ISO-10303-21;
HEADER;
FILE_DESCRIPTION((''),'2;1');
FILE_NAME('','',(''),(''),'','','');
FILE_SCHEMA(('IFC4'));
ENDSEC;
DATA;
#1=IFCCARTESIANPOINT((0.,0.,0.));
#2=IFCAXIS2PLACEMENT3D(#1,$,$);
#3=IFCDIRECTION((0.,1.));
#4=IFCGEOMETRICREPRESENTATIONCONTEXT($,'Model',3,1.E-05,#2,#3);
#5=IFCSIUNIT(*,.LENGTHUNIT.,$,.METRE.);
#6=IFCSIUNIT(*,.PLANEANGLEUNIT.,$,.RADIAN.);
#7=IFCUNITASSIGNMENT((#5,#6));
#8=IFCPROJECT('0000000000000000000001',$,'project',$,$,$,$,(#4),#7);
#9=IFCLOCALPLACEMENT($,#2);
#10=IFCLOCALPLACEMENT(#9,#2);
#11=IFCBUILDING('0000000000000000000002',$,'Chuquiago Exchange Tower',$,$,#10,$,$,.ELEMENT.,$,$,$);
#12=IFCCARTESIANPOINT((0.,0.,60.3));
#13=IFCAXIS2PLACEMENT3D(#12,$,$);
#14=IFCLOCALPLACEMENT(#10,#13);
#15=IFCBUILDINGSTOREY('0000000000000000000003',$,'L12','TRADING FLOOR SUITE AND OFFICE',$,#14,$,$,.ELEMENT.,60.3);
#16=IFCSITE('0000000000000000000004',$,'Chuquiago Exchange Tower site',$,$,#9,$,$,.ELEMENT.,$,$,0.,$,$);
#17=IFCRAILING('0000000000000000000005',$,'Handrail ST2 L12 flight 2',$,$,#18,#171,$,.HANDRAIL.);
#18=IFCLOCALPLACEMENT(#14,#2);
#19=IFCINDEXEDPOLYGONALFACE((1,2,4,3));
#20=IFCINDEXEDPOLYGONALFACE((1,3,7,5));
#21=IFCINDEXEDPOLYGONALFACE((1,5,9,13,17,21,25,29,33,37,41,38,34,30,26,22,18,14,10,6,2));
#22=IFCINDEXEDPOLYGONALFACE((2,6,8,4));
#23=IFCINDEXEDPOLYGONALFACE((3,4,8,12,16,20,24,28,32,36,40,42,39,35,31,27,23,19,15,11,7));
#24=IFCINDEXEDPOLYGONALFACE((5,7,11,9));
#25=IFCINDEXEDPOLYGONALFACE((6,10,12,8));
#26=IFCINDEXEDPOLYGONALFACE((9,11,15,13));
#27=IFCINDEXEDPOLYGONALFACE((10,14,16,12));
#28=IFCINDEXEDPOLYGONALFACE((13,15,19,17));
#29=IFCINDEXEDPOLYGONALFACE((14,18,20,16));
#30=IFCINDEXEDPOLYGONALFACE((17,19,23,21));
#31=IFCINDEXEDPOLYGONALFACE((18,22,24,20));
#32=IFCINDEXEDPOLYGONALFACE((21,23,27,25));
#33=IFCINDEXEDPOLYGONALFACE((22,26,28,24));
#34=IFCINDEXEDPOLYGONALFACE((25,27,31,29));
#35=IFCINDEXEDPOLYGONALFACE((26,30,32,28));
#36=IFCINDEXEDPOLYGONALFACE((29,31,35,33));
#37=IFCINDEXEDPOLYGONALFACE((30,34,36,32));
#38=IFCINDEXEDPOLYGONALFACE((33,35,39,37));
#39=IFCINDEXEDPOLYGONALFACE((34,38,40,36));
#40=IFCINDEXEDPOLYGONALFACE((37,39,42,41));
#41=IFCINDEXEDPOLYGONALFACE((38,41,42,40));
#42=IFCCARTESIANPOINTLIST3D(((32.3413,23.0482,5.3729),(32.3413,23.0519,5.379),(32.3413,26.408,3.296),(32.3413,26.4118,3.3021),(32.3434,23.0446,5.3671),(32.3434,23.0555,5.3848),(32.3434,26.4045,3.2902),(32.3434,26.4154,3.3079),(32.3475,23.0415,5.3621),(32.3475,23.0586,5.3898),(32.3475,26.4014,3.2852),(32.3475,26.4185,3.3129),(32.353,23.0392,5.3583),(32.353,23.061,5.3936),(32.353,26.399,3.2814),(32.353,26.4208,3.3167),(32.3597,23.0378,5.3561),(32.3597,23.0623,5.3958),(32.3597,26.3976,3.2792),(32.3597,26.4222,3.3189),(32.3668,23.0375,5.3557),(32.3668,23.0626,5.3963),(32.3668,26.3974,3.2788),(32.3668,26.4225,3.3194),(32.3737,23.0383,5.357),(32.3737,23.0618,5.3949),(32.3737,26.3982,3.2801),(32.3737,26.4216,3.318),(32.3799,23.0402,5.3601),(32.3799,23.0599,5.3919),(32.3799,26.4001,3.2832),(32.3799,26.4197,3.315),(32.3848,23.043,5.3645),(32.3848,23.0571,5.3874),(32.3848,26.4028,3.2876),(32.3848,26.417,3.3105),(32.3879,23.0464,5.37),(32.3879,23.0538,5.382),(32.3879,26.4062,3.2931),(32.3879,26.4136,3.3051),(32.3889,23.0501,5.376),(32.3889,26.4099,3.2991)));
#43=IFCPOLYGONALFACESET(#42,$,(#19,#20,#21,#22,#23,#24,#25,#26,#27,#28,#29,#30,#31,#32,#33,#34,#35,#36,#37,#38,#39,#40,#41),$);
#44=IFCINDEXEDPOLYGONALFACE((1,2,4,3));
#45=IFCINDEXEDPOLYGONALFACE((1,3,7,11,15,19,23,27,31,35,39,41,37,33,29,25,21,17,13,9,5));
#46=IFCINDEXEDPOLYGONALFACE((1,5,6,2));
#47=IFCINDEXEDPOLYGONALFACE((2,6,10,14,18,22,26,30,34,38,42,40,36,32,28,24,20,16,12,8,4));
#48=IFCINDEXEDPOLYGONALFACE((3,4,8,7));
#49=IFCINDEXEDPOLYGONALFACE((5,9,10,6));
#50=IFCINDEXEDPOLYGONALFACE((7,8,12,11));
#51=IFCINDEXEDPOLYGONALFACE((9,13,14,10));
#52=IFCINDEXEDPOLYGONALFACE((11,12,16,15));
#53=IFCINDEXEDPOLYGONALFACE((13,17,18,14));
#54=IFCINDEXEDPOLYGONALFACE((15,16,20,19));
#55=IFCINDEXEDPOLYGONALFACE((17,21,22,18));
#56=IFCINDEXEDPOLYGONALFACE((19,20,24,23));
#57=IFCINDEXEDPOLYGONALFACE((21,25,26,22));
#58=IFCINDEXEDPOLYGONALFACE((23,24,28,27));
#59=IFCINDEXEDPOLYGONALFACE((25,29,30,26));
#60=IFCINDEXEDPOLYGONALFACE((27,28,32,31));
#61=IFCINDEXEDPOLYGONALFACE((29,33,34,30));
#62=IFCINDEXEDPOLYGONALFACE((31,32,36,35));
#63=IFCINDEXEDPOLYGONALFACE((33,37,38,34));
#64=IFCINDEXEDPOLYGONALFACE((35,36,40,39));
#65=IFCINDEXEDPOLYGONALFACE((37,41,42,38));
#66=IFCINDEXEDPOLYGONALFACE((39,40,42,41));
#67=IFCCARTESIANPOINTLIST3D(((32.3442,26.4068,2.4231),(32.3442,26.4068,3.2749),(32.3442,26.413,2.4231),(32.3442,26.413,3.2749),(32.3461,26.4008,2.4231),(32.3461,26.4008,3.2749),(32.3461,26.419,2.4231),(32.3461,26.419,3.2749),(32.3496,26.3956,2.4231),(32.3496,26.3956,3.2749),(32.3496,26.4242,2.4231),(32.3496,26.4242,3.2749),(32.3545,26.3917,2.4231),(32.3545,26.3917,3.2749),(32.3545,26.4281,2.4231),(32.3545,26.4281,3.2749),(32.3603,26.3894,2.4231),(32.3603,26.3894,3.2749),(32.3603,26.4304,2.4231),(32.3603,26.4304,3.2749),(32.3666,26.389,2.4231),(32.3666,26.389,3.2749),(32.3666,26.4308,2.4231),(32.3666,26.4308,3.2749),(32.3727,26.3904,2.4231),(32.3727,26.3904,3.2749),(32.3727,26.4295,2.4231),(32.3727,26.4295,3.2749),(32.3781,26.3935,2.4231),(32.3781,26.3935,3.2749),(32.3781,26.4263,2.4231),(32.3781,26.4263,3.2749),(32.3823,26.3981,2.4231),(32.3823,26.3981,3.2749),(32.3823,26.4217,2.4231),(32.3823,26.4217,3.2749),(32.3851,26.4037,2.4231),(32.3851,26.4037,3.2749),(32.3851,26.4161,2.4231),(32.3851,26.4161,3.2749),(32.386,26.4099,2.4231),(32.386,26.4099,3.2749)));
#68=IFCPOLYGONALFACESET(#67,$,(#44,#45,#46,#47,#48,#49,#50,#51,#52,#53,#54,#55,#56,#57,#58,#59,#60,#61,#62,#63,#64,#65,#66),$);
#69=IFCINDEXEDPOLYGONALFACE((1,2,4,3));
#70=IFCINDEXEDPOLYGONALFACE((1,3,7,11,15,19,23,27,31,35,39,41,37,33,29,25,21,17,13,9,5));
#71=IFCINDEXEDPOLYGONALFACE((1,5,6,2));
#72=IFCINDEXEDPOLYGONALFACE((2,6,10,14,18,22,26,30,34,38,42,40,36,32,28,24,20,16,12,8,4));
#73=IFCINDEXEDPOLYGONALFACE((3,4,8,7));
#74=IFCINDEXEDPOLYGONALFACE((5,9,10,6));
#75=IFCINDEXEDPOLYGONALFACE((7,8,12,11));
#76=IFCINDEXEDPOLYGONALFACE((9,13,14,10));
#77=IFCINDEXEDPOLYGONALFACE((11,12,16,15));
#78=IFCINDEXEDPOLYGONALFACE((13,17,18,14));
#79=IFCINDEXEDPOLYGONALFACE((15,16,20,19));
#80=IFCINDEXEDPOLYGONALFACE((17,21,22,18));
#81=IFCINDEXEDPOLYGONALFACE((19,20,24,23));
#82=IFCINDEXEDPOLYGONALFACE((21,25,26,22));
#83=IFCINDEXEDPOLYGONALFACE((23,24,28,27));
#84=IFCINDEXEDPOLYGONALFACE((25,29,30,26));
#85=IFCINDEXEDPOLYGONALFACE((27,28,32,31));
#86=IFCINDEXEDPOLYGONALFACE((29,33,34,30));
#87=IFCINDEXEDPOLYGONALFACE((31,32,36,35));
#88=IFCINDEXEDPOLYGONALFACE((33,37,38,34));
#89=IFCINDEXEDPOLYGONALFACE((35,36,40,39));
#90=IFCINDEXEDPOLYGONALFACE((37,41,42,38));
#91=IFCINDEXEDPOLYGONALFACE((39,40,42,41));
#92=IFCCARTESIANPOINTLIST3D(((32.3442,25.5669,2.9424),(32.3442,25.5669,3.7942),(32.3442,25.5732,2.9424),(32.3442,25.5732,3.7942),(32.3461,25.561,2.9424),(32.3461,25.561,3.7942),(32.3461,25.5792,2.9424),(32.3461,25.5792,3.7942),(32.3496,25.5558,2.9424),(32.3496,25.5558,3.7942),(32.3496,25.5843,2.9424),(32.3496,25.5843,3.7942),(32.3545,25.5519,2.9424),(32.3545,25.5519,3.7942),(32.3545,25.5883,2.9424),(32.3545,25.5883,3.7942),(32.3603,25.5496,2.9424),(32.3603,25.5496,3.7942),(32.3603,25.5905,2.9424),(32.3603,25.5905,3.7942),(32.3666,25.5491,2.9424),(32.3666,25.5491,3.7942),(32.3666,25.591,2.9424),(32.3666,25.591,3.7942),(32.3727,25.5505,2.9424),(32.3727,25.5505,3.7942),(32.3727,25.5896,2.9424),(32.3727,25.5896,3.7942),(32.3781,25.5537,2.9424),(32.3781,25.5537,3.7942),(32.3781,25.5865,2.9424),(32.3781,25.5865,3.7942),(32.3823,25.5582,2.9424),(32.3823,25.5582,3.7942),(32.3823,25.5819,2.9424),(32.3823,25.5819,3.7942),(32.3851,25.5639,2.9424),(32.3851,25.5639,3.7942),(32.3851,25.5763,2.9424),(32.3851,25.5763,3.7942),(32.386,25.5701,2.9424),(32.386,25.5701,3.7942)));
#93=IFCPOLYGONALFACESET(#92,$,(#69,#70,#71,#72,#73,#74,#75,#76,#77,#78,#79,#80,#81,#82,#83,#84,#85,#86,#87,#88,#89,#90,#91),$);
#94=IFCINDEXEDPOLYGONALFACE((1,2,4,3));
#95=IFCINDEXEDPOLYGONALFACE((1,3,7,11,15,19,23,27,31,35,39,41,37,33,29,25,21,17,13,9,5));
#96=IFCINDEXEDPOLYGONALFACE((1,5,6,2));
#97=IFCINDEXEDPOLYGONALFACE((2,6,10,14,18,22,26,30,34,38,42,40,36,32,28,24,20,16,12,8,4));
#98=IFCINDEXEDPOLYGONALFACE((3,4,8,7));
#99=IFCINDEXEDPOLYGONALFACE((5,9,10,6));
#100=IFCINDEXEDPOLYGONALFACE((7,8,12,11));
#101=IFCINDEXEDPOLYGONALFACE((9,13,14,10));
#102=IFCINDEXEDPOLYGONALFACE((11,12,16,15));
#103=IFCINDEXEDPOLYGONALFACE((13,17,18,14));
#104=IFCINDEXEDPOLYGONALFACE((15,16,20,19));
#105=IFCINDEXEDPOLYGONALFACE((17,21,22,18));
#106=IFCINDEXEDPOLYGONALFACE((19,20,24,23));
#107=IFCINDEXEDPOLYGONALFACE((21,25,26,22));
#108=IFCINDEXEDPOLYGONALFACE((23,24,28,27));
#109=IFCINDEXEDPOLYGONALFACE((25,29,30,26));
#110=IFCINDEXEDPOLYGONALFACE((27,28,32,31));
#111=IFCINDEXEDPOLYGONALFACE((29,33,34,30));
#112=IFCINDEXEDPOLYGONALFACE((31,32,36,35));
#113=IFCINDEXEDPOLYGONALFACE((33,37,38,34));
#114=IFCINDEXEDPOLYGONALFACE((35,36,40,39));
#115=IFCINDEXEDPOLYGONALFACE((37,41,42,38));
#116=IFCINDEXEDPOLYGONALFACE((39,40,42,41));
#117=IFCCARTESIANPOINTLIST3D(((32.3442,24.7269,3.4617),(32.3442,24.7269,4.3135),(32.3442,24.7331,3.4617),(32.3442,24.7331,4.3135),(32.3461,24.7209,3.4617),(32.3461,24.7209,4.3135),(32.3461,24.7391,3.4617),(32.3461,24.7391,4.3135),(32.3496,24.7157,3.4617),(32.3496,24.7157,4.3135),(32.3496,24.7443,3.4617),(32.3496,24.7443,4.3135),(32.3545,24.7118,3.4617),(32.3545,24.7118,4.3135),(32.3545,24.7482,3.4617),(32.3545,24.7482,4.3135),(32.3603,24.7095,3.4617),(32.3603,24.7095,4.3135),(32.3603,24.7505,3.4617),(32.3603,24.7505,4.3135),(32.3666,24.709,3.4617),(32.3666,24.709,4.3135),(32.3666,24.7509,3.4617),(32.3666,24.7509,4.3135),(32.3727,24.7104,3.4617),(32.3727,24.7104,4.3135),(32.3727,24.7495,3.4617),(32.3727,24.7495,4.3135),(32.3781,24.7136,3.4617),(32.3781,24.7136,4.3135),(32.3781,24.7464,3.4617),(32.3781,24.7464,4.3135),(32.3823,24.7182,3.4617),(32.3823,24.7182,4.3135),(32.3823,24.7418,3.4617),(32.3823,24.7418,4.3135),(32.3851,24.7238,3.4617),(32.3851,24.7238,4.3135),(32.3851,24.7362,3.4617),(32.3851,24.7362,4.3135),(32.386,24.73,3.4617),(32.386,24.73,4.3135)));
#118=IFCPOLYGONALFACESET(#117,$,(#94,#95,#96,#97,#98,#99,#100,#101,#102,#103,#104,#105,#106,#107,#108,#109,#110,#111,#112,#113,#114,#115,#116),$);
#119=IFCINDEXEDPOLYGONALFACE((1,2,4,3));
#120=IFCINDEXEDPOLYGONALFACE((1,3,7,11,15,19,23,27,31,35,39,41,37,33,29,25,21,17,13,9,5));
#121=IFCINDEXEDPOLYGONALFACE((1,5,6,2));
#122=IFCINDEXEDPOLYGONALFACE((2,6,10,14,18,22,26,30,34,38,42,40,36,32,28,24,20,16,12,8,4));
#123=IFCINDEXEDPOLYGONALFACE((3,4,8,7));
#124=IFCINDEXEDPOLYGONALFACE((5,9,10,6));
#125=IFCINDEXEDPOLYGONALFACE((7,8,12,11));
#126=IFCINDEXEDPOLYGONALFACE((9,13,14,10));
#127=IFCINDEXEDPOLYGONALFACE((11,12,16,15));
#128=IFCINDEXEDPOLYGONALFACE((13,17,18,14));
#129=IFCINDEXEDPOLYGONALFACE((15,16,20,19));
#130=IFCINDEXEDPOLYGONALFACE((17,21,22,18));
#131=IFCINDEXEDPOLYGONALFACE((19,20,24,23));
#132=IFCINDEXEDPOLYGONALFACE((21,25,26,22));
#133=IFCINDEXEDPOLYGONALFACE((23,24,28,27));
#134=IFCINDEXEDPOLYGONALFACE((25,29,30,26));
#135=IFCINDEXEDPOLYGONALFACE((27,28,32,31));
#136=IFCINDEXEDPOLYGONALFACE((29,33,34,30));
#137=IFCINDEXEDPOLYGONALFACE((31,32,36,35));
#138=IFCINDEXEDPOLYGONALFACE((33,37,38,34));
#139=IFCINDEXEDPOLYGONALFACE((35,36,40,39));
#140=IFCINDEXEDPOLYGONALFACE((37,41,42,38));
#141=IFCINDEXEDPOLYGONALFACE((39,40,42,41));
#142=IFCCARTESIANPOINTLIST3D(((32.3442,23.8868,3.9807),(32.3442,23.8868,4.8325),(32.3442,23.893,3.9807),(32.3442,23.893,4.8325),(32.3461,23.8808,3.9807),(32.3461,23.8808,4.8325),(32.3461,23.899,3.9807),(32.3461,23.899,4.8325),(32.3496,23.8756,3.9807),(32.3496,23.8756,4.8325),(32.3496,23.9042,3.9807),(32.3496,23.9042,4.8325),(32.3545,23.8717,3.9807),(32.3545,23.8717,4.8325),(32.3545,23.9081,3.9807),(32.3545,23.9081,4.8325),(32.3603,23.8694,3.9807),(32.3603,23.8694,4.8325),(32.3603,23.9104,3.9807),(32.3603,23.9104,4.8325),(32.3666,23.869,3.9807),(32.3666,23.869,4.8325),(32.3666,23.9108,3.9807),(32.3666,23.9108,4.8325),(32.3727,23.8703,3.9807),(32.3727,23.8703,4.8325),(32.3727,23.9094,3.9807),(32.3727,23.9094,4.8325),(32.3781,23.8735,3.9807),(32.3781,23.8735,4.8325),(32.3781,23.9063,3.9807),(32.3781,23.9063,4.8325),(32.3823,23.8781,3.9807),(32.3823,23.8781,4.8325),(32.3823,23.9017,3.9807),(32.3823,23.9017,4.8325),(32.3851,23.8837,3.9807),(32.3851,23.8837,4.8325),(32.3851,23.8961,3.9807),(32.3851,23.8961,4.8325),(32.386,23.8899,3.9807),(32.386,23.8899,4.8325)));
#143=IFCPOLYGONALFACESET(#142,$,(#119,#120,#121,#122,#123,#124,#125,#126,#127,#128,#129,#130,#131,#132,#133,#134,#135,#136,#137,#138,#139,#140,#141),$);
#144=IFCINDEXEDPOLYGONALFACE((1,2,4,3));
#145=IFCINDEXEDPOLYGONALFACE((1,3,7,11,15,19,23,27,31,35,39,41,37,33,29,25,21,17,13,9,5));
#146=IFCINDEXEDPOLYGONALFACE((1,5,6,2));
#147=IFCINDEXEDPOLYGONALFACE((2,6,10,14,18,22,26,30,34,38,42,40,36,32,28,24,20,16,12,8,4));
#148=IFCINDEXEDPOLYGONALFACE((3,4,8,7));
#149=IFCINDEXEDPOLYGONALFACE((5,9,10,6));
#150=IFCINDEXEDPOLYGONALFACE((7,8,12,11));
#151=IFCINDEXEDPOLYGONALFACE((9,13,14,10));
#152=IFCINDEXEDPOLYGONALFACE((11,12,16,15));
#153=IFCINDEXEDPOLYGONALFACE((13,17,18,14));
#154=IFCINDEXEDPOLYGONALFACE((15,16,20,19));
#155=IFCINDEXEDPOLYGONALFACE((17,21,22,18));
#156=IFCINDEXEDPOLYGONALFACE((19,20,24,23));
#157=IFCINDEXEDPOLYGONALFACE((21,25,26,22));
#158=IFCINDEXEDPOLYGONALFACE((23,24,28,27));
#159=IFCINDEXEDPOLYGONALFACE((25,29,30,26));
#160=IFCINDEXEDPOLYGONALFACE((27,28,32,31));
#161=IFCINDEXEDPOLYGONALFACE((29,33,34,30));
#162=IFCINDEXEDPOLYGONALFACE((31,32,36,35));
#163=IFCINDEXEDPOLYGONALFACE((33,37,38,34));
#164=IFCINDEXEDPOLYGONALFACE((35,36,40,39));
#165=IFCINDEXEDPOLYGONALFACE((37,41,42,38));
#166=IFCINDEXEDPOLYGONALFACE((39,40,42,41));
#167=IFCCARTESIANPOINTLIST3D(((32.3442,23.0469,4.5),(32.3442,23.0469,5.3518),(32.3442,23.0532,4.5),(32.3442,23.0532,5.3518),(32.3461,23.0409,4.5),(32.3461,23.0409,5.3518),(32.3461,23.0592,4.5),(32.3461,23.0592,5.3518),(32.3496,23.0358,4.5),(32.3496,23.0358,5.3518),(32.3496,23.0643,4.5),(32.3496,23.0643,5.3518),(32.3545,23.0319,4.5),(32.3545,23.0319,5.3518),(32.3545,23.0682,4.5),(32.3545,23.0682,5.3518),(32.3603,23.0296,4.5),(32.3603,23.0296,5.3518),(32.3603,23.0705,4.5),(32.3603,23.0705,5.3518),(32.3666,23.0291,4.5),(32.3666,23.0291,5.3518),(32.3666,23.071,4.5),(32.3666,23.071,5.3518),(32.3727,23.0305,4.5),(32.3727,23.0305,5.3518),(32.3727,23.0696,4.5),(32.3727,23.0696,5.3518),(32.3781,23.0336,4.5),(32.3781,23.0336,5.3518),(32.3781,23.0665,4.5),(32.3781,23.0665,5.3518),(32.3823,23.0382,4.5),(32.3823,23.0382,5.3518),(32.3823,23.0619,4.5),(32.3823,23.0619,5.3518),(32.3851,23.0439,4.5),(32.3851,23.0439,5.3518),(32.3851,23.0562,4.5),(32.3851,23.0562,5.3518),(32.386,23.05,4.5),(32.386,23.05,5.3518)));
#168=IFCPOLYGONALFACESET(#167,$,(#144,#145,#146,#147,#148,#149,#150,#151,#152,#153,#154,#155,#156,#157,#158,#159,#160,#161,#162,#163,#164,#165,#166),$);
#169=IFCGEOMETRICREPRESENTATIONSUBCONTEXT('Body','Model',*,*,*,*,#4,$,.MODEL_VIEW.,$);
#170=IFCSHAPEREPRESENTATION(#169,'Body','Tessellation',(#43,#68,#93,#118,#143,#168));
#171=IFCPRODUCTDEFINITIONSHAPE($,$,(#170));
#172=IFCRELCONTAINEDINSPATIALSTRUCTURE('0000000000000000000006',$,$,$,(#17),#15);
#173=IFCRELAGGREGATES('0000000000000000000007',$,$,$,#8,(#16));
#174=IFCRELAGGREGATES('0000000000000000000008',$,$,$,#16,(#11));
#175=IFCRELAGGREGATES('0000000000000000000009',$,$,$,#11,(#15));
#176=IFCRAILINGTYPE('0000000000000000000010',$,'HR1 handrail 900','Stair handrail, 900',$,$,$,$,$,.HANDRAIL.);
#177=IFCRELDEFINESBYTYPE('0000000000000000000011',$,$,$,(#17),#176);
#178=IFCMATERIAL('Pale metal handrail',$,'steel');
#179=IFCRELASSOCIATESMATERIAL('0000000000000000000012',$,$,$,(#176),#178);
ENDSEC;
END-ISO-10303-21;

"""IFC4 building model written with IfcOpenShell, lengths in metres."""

from ifc_helpers import new_model, si_unit, direction, frame, origin, origin_2d, place, context, subcontext, project, spatial, circle, extrude, material, type_object, element, save


model = new_model("IFC4")

# Units and contexts
model_context = context("Model", 3, precision=1e-05, world=origin(), true_north=direction((0.0, 1.0)))
body_context = subcontext(model_context, "Body", "Model", "MODEL_VIEW")
ifc_project = project(units=[si_unit("LENGTHUNIT", "METRE"), si_unit("PLANEANGLEUNIT", "RADIAN")], contexts=[model_context])

# Site, building, storey
site_placement = place(None, origin())
site = spatial("IfcSite", under=ifc_project, at=site_placement, Name="Chuquiago Exchange Tower site", CompositionType="ELEMENT", RefElevation=0.0)
building_placement = place(site_placement, origin())
building = spatial("IfcBuilding", under=site, at=building_placement, Name="Chuquiago Exchange Tower", CompositionType="ELEMENT")
storey_placement = place(building_placement, frame((0.0, 0.0, 60.3)))
storey = spatial("IfcBuildingStorey", under=building, at=storey_placement, Name="L12", Description="TRADING FLOOR SUITE AND OFFICE", CompositionType="ELEMENT", Elevation=60.3)

# Railing
ifc_material_1 = material(Name="Pale metal handrail", Category="steel")
railing_type_1 = type_object("IfcRailingType", Name="HR1 handrail 900", Description="Stair handrail, 900", PredefinedType="HANDRAIL", material=ifc_material_1)
for number, where, name in (
    (1, (32.365, 26.4099, 2.4231), "Handrail ST2 L12 flight 2"),
):
    element("IfcRailing", number, at=place(storey_placement, frame(where)), inside=storey, type_object=railing_type_1, Name=name, PredefinedType="HANDRAIL", context=body_context, shape_type="SweptSolid", body=[
        extrude(circle(Radius=0.0239, at=origin_2d()), frame((0.0, 0.0, 0.876), z_axis=(0.0, -0.850606, 0.525803), x_axis=(1.0, 0.0, 0.0)), (0.0, 0.0, 1.0), 3.95),
        extrude(circle(Radius=0.021, at=origin_2d()), origin(), (0.0, 0.0, 1.0), 0.8518),
        extrude(circle(Radius=0.021, at=origin_2d()), frame((0.0, -0.8398, 0.5193)), (0.0, 0.0, 1.0), 0.8518),
        extrude(circle(Radius=0.021, at=origin_2d()), frame((0.0, -1.6799, 1.0386)), (0.0, 0.0, 1.0), 0.8518),
        extrude(circle(Radius=0.021, at=origin_2d()), frame((0.0, -2.52, 1.5576)), (0.0, 0.0, 1.0), 0.8518),
        extrude(circle(Radius=0.021, at=origin_2d()), frame((0.0, -3.3599, 2.0769)), (0.0, 0.0, 1.0), 0.8518),
    ])

save(model, "model.ifc")
